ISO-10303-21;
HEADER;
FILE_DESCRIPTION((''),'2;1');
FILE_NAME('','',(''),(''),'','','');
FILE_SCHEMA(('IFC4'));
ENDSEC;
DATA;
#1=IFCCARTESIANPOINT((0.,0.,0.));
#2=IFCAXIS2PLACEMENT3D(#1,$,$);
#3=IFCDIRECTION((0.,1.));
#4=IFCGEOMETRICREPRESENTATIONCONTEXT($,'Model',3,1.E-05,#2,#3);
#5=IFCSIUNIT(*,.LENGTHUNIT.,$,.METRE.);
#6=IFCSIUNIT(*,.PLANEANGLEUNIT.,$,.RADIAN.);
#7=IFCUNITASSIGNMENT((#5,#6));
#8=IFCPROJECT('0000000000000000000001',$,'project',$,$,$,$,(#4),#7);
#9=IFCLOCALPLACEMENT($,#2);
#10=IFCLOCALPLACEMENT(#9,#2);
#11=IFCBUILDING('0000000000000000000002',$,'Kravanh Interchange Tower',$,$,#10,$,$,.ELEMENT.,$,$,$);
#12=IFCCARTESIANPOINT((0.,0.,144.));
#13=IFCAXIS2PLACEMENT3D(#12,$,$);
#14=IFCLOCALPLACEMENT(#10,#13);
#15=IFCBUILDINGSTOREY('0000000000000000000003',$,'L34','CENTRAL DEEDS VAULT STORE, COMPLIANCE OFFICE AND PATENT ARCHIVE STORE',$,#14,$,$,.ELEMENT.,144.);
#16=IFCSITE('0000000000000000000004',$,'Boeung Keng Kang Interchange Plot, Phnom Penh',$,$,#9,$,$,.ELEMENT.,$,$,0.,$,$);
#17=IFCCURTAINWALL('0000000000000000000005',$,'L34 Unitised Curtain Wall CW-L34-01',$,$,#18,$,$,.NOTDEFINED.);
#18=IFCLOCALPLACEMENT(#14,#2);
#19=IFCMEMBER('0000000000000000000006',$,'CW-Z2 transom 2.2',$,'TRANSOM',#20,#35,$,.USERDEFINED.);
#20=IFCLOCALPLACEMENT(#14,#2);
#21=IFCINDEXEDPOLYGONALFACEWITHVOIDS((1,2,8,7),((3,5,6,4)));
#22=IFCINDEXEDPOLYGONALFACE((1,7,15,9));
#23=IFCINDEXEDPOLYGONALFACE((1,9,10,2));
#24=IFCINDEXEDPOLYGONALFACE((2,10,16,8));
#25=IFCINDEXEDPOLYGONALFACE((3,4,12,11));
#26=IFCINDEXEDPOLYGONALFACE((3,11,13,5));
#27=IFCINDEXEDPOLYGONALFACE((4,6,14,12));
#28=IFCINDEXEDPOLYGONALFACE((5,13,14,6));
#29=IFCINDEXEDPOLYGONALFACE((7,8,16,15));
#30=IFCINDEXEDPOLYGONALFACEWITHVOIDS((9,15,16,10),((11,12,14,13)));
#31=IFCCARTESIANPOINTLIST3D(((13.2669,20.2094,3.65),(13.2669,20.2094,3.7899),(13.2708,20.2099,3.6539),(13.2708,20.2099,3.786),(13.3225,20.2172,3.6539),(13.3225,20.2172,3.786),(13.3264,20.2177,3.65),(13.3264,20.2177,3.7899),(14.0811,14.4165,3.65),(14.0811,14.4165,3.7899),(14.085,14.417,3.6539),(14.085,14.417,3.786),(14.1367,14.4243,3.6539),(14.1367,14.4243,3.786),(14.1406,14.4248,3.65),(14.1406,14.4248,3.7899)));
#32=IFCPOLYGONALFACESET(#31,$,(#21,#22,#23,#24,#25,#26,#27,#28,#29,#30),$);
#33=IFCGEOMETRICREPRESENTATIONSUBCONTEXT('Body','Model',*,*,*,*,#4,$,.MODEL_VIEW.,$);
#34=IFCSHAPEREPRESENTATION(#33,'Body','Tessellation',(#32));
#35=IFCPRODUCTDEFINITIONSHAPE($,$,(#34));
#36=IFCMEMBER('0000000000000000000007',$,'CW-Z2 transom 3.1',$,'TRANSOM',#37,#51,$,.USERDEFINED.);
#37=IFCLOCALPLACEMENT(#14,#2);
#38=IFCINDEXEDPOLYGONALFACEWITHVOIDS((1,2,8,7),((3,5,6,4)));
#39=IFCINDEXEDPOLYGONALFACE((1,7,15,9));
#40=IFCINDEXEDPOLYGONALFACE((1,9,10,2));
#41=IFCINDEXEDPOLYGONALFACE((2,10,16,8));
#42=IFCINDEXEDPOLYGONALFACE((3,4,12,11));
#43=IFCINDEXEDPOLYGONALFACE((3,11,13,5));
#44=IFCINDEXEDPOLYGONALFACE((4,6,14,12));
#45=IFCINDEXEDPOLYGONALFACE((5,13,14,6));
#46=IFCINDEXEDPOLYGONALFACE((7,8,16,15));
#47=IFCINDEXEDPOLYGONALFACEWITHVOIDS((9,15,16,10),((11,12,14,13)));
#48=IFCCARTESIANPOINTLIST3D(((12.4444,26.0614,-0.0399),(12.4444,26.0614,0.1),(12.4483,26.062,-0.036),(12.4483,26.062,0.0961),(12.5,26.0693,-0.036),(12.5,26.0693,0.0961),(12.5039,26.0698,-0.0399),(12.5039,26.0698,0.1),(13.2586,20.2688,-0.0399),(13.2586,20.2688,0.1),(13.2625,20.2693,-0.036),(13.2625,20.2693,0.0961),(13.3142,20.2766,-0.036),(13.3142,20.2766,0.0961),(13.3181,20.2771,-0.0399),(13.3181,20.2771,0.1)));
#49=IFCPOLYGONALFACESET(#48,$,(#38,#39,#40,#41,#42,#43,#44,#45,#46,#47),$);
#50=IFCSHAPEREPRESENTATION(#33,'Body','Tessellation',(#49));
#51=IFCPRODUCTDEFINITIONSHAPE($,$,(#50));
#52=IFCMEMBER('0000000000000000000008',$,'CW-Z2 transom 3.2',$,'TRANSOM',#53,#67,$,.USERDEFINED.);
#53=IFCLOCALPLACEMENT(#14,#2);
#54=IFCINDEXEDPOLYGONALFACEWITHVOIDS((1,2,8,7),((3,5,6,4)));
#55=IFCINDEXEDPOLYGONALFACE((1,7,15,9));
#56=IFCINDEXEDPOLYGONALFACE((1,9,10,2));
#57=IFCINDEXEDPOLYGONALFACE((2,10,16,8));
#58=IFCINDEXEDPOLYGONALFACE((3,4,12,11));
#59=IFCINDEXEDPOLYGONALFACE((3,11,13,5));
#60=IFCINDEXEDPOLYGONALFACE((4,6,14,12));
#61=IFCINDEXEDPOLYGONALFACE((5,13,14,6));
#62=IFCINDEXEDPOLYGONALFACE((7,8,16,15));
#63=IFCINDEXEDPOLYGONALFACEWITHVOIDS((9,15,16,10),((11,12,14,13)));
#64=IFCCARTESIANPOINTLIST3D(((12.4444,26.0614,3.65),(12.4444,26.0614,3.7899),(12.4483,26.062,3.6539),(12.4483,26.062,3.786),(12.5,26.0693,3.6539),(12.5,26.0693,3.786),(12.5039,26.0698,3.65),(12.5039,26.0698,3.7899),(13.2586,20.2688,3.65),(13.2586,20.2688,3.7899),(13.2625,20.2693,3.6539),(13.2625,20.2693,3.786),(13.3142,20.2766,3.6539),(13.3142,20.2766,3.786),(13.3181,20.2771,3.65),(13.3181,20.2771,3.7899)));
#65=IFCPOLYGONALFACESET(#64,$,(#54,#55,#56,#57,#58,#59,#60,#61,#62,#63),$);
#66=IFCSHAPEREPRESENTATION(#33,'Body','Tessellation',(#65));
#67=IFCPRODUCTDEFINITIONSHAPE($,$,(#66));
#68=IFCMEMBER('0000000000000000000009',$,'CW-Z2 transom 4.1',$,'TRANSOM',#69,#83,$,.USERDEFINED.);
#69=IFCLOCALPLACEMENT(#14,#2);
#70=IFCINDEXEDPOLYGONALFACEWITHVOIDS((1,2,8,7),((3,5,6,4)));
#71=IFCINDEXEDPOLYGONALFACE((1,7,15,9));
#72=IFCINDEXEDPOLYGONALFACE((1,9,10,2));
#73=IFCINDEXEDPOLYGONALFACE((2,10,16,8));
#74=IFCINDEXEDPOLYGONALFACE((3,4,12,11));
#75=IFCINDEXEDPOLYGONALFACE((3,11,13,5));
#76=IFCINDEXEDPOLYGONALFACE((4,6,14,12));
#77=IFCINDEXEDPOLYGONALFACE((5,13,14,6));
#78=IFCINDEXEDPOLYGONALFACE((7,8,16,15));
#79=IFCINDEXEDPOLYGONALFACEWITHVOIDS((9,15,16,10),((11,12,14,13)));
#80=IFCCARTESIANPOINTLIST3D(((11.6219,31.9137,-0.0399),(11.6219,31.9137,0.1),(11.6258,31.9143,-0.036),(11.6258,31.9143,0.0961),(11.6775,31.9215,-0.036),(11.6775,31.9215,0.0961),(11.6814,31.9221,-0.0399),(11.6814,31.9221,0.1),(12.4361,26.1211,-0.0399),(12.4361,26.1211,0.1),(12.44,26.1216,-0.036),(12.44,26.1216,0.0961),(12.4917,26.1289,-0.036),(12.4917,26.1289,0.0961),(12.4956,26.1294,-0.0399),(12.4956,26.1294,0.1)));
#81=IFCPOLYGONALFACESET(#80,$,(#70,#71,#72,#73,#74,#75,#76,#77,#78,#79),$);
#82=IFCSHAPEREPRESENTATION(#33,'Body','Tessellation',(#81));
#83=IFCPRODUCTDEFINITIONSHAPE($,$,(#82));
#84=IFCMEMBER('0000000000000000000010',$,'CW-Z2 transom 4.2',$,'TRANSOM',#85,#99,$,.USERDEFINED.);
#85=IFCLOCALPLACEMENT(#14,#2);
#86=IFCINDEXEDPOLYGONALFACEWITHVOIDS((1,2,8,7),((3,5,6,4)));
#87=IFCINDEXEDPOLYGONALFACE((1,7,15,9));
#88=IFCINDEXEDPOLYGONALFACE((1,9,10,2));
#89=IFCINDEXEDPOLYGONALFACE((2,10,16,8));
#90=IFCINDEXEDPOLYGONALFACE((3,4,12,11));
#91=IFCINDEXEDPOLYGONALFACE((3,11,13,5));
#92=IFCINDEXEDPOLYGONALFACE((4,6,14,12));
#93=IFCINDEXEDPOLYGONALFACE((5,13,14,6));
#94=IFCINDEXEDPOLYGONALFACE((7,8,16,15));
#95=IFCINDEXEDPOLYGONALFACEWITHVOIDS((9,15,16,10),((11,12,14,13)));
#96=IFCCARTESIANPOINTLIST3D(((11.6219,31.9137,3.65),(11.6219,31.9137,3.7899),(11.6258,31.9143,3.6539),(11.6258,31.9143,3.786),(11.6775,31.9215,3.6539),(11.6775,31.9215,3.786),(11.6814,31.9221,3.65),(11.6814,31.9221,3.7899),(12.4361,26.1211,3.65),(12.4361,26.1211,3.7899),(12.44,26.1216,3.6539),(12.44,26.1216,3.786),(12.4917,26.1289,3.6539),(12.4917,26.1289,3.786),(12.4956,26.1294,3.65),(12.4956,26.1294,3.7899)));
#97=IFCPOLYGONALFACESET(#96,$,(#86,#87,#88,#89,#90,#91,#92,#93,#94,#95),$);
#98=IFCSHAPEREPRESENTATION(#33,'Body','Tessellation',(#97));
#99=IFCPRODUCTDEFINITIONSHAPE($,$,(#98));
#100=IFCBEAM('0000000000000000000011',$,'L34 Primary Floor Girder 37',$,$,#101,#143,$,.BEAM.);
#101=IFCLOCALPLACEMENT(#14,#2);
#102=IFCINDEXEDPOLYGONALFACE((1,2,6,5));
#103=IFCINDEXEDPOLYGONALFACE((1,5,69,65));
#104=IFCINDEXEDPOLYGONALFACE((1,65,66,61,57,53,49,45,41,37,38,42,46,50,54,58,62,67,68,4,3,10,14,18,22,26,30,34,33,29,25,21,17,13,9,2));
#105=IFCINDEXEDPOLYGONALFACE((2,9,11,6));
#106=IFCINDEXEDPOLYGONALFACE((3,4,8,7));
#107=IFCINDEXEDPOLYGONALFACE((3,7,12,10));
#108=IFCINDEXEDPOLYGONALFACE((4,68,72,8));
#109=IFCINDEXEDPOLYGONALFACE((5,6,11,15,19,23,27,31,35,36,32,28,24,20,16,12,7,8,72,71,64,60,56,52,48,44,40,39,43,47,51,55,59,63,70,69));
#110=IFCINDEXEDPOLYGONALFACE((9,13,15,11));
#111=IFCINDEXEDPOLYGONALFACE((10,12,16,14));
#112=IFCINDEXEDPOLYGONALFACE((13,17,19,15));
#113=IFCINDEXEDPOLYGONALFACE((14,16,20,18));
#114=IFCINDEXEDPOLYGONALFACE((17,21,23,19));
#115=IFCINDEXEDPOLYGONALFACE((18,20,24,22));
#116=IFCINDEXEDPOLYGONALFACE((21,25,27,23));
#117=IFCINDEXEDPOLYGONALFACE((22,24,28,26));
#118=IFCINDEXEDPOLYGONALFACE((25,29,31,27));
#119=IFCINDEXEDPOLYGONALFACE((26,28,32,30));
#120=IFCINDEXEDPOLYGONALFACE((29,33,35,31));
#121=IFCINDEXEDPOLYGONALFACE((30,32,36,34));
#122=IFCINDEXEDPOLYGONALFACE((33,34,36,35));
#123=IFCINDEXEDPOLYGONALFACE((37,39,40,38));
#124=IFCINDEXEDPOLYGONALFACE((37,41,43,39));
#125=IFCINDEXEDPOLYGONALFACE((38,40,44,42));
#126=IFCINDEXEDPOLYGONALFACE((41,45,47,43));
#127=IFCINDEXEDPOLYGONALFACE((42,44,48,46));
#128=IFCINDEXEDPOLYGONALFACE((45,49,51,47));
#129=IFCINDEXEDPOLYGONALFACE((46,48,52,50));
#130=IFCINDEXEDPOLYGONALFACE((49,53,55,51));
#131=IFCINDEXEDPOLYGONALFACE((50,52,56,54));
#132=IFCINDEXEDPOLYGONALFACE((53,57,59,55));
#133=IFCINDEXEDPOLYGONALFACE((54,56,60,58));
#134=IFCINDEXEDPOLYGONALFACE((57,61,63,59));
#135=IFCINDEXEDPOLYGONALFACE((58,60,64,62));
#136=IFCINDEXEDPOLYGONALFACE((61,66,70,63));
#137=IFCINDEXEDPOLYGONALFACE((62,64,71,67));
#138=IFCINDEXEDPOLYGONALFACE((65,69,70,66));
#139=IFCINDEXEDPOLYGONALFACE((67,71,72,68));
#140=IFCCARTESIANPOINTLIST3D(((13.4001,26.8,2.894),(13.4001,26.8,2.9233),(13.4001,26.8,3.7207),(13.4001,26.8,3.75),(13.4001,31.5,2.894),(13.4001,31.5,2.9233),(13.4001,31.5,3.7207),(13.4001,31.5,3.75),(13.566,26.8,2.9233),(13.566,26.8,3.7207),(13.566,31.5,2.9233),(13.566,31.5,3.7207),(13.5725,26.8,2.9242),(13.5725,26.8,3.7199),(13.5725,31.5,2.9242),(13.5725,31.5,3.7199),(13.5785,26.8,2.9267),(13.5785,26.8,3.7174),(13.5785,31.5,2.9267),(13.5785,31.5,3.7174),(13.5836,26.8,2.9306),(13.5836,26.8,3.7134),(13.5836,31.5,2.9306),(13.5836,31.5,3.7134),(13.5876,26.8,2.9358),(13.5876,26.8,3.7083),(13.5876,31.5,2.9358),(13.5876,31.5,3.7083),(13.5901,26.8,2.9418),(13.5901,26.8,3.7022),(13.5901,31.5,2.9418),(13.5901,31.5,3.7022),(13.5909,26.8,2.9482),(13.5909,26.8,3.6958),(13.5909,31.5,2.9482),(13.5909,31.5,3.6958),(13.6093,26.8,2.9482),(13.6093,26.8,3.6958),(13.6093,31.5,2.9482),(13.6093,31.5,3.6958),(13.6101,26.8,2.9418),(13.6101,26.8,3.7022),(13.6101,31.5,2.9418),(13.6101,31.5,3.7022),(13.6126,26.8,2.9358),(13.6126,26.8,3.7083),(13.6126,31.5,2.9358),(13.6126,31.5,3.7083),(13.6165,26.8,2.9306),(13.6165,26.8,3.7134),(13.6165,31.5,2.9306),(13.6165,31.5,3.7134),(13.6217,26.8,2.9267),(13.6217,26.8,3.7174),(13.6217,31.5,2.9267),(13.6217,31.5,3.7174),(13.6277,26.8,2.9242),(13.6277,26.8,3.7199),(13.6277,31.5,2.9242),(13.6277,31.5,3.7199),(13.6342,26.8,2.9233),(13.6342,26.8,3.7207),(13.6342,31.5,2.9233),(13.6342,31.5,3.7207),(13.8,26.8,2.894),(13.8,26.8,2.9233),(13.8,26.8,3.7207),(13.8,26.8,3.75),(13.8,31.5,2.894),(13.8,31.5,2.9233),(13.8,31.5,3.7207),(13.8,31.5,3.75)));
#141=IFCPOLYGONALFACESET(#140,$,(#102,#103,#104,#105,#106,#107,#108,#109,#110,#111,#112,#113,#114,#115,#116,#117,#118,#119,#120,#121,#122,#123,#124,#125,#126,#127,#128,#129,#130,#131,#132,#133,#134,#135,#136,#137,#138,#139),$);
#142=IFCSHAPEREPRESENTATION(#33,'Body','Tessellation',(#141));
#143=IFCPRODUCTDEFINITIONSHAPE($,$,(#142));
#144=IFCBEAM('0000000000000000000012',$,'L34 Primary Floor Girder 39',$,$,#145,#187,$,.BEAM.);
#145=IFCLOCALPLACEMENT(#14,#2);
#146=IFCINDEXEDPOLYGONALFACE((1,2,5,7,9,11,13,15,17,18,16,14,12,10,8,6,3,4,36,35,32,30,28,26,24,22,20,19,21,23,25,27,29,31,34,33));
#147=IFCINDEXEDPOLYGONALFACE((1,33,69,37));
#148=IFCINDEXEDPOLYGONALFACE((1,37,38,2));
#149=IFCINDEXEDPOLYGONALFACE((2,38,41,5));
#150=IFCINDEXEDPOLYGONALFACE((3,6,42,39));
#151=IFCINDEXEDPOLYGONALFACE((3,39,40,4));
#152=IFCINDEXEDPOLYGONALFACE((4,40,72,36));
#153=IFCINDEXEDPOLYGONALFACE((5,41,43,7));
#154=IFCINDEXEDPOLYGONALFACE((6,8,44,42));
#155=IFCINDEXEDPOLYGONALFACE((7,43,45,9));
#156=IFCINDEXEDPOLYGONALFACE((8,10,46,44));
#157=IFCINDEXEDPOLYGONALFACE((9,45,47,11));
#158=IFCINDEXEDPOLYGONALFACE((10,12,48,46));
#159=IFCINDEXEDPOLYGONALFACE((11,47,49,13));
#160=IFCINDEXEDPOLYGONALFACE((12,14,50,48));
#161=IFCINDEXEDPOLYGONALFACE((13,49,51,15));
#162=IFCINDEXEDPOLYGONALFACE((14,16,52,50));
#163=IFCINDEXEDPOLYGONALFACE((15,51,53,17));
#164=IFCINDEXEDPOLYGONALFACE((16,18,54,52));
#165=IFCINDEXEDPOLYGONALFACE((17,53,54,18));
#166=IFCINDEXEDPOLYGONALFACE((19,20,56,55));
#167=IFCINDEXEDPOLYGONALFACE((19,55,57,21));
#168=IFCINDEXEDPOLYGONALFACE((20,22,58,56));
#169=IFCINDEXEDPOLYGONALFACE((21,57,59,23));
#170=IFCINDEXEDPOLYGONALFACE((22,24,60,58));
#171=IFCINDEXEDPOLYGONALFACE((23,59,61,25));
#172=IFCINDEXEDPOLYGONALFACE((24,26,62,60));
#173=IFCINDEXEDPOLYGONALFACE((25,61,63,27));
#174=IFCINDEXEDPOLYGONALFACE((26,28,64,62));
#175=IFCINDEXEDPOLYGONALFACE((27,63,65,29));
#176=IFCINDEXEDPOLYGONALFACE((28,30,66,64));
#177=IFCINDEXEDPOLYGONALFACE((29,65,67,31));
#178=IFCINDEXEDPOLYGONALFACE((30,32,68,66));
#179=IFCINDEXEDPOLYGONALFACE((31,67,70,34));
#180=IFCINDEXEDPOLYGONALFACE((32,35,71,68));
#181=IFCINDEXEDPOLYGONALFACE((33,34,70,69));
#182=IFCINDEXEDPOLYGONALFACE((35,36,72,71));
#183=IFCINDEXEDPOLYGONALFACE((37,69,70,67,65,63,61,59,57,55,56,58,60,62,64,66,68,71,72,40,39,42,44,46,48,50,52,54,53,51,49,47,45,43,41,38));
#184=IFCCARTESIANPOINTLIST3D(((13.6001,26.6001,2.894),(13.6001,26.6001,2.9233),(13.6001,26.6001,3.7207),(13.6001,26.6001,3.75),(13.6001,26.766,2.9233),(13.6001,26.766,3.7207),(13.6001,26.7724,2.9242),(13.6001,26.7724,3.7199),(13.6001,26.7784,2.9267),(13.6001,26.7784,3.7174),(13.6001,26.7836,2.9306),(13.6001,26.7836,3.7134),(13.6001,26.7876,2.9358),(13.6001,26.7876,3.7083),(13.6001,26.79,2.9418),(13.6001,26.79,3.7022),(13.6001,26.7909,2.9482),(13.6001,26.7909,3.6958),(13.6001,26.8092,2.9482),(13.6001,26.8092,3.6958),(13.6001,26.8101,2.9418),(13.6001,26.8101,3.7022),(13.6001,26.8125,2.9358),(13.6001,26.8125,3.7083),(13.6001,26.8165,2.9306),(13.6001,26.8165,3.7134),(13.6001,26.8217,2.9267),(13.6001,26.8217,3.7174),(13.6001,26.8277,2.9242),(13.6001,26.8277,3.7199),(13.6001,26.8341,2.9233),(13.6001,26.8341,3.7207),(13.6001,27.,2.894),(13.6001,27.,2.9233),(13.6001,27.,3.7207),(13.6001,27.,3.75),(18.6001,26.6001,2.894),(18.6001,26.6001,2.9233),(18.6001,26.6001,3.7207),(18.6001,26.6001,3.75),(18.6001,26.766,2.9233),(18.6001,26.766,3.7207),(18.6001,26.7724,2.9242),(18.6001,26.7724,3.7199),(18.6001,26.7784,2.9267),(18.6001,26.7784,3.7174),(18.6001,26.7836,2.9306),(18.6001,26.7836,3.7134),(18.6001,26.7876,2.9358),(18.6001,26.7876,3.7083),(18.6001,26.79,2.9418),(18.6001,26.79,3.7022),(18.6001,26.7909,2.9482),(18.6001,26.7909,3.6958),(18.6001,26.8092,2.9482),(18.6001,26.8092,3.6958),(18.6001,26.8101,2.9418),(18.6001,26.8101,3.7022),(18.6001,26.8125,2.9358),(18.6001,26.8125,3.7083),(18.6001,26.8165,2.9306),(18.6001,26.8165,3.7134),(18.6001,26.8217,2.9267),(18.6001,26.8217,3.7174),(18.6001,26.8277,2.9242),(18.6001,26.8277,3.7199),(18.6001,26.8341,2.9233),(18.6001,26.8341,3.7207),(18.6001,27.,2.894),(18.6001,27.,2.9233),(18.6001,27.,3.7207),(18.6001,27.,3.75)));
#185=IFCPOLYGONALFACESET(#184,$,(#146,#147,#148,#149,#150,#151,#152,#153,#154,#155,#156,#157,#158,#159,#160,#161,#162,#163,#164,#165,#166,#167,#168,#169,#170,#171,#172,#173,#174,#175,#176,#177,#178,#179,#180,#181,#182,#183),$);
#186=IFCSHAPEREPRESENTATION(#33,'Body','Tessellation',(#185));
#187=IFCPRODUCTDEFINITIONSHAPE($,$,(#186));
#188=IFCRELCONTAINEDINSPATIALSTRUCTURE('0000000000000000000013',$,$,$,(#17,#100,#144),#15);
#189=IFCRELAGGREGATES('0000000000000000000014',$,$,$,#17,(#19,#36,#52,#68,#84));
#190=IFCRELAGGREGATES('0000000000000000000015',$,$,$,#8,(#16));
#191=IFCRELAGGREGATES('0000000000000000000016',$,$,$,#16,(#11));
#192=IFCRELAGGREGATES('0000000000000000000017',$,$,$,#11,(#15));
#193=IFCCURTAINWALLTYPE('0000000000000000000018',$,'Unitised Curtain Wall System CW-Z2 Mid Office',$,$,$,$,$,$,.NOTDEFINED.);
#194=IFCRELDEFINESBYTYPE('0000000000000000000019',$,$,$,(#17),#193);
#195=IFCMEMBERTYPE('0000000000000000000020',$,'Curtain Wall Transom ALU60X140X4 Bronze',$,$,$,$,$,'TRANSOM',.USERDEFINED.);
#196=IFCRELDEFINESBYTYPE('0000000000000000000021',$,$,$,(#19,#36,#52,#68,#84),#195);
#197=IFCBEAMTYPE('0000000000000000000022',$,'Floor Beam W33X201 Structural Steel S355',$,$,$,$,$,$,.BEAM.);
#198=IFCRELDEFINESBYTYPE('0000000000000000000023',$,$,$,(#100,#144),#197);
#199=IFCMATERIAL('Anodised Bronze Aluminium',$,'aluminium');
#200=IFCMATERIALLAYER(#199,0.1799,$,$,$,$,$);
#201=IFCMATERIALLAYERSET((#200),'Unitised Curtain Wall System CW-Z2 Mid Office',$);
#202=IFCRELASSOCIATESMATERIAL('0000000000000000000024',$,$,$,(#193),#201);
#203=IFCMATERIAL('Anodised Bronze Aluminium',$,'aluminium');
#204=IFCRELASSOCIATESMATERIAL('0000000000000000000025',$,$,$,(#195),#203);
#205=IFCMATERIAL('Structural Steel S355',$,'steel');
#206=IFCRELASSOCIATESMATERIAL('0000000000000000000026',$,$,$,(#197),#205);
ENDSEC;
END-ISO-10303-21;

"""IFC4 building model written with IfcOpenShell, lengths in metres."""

from ifc_helpers import new_model, si_unit, direction, frame, origin, origin_2d, place, context, subcontext, project, spatial, hollow_rectangle, i_section, extrude, material, layer, layer_set, material_profile, profile_set, type_object, element, aggregate, save


model = new_model("IFC4")

# Units and contexts
model_context = context("Model", 3, precision=1e-05, world=origin(), true_north=direction((0.0, 1.0)))
body_context = subcontext(model_context, "Body", "Model", "MODEL_VIEW")
ifc_project = project(units=[si_unit("LENGTHUNIT", "METRE"), si_unit("PLANEANGLEUNIT", "RADIAN")], contexts=[model_context])

# Site, building, storey
site_placement = place(None, origin())
site = spatial("IfcSite", under=ifc_project, at=site_placement, Name="Boeung Keng Kang Interchange Plot, Phnom Penh", CompositionType="ELEMENT", RefElevation=0.0)
building_placement = place(site_placement, origin())
building = spatial("IfcBuilding", under=site, at=building_placement, Name="Kravanh Interchange Tower", CompositionType="ELEMENT")
storey_placement = place(building_placement, frame((0.0, 0.0, 144.0)))
storey = spatial("IfcBuildingStorey", under=building, at=storey_placement, Name="L34", Description="CENTRAL DEEDS VAULT STORE, COMPLIANCE OFFICE AND PATENT ARCHIVE STORE", CompositionType="ELEMENT", Elevation=144.0)

# Curtain wall, members
ifc_material_1 = material(Name="Anodised Bronze Aluminium", Category="aluminium")
ifc_layer_1 = layer(ifc_material_1, 0.1799)
ifc_layer_set_1 = layer_set([ifc_layer_1], Name="Unitised Curtain Wall System CW-Z2 Mid Office")
curtain_wall_type = type_object("IfcCurtainWallType", Name="Unitised Curtain Wall System CW-Z2 Mid Office", PredefinedType="NOTDEFINED", material=ifc_layer_set_1)
curtain_wall_placement = place(storey_placement, origin())
curtain_wall = element("IfcCurtainWall", 1, at=curtain_wall_placement, inside=storey, type_object=curtain_wall_type, Name="L34 Unitised Curtain Wall CW-L34-01", PredefinedType="NOTDEFINED")
ifc_material_2 = material(Name="Anodised Bronze Aluminium", Category="aluminium")
ifc_material_profile_1 = material_profile(ifc_material_2, hollow_rectangle(XDim=0.0601, YDim=0.1399, WallThickness=0.0039, at=origin_2d()), Name="ALU60X140X4")
ifc_profile_set_1 = profile_set([ifc_material_profile_1], Name="Anodised Bronze Aluminium")
member_type_1 = type_object("IfcMemberType", Name="Curtain Wall Transom ALU60X140X4 Bronze", ElementType="TRANSOM", PredefinedType="USERDEFINED", material=ifc_profile_set_1)
member_1_placement = place(storey_placement, frame((14.1108, 14.4207, 3.72), z_axis=(-0.139183, 0.990267, 0.0), x_axis=(-0.990267, -0.139183, 0.0)))
member_1 = element("IfcMember", 2, at=member_1_placement, type_object=member_type_1, Name="CW-Z2 transom 2.2", ObjectType="TRANSOM", PredefinedType="USERDEFINED", context=body_context, shape_type="SweptSolid", body=[
    extrude(hollow_rectangle(XDim=0.0601, YDim=0.1399, WallThickness=0.0039, at=origin_2d()), origin(), (0.0, 0.0, 1.0), 5.8499),
])
member_2_placement = place(storey_placement, frame((13.2883, 20.2729, 0.03), z_axis=(-0.139189, 0.990266, 0.0), x_axis=(-0.990266, -0.139189, 0.0)))
member_2 = element("IfcMember", 3, at=member_2_placement, type_object=member_type_1, Name="CW-Z2 transom 3.1", ObjectType="TRANSOM", PredefinedType="USERDEFINED", context=body_context, shape_type="SweptSolid", body=[
    extrude(hollow_rectangle(XDim=0.0601, YDim=0.1399, WallThickness=0.0039, at=origin_2d()), origin(), (0.0, 0.0, 1.0), 5.8496),
])
member_3_placement = place(storey_placement, frame((13.2883, 20.2729, 3.72), z_axis=(-0.139189, 0.990266, 0.0), x_axis=(-0.990266, -0.139189, 0.0)))
member_3 = element("IfcMember", 4, at=member_3_placement, type_object=member_type_1, Name="CW-Z2 transom 3.2", ObjectType="TRANSOM", PredefinedType="USERDEFINED", context=body_context, shape_type="SweptSolid", body=[
    extrude(hollow_rectangle(XDim=0.0601, YDim=0.1399, WallThickness=0.0039, at=origin_2d()), origin(), (0.0, 0.0, 1.0), 5.8496),
])
member_4_placement = place(storey_placement, frame((12.4658, 26.1252, 0.03), z_axis=(-0.139189, 0.990266, 0.0), x_axis=(-0.990266, -0.139189, 0.0)))
member_4 = element("IfcMember", 5, at=member_4_placement, type_object=member_type_1, Name="CW-Z2 transom 4.1", ObjectType="TRANSOM", PredefinedType="USERDEFINED", context=body_context, shape_type="SweptSolid", body=[
    extrude(hollow_rectangle(XDim=0.0601, YDim=0.1399, WallThickness=0.0039, at=origin_2d()), origin(), (0.0, 0.0, 1.0), 5.8496),
])
member_5_placement = place(storey_placement, frame((12.4658, 26.1252, 3.72), z_axis=(-0.139189, 0.990266, 0.0), x_axis=(-0.990266, -0.139189, 0.0)))
member_5 = element("IfcMember", 6, at=member_5_placement, type_object=member_type_1, Name="CW-Z2 transom 4.2", ObjectType="TRANSOM", PredefinedType="USERDEFINED", context=body_context, shape_type="SweptSolid", body=[
    extrude(hollow_rectangle(XDim=0.0601, YDim=0.1399, WallThickness=0.0039, at=origin_2d()), origin(), (0.0, 0.0, 1.0), 5.8496),
])

# Beams
ifc_material_3 = material(Name="Structural Steel S355", Category="steel")
ifc_material_profile_2 = material_profile(ifc_material_3, i_section(OverallWidth=0.3999, OverallDepth=0.856, WebThickness=0.0183, FlangeThickness=0.0293, FilletRadius=0.0249, at=origin_2d()), Name="W33X201")
ifc_profile_set_2 = profile_set([ifc_material_profile_2], Name="Structural Steel S355")
beam_type_1 = type_object("IfcBeamType", Name="Floor Beam W33X201 Structural Steel S355", PredefinedType="BEAM", material=ifc_profile_set_2)
beam_1_placement = place(storey_placement, frame((13.6001, 26.8, 3.322), z_axis=(0.0, 1.0, 0.0), x_axis=(-1.0, 0.0, 0.0)))
element("IfcBeam", 7, at=beam_1_placement, inside=storey, type_object=beam_type_1, Name="L34 Primary Floor Girder 37", PredefinedType="BEAM", context=body_context, shape_type="SweptSolid", body=[
    extrude(i_section(OverallWidth=0.3999, OverallDepth=0.856, WebThickness=0.0183, FlangeThickness=0.0293, FilletRadius=0.0249, at=origin_2d()), origin(), (0.0, 0.0, 1.0), 4.7),
])
beam_2_placement = place(storey_placement, frame((13.6001, 26.8, 3.322), z_axis=(1.0, 0.0, 0.0), x_axis=(0.0, 1.0, 0.0)))
element("IfcBeam", 8, at=beam_2_placement, inside=storey, type_object=beam_type_1, Name="L34 Primary Floor Girder 39", PredefinedType="BEAM", context=body_context, shape_type="SweptSolid", body=[
    extrude(i_section(OverallWidth=0.3999, OverallDepth=0.856, WebThickness=0.0183, FlangeThickness=0.0293, FilletRadius=0.0249, at=origin_2d()), origin(), (0.0, 0.0, 1.0), 5.0),
])

aggregate(curtain_wall, [member_1, member_2, member_3, member_4, member_5])

save(model, "model.ifc")
